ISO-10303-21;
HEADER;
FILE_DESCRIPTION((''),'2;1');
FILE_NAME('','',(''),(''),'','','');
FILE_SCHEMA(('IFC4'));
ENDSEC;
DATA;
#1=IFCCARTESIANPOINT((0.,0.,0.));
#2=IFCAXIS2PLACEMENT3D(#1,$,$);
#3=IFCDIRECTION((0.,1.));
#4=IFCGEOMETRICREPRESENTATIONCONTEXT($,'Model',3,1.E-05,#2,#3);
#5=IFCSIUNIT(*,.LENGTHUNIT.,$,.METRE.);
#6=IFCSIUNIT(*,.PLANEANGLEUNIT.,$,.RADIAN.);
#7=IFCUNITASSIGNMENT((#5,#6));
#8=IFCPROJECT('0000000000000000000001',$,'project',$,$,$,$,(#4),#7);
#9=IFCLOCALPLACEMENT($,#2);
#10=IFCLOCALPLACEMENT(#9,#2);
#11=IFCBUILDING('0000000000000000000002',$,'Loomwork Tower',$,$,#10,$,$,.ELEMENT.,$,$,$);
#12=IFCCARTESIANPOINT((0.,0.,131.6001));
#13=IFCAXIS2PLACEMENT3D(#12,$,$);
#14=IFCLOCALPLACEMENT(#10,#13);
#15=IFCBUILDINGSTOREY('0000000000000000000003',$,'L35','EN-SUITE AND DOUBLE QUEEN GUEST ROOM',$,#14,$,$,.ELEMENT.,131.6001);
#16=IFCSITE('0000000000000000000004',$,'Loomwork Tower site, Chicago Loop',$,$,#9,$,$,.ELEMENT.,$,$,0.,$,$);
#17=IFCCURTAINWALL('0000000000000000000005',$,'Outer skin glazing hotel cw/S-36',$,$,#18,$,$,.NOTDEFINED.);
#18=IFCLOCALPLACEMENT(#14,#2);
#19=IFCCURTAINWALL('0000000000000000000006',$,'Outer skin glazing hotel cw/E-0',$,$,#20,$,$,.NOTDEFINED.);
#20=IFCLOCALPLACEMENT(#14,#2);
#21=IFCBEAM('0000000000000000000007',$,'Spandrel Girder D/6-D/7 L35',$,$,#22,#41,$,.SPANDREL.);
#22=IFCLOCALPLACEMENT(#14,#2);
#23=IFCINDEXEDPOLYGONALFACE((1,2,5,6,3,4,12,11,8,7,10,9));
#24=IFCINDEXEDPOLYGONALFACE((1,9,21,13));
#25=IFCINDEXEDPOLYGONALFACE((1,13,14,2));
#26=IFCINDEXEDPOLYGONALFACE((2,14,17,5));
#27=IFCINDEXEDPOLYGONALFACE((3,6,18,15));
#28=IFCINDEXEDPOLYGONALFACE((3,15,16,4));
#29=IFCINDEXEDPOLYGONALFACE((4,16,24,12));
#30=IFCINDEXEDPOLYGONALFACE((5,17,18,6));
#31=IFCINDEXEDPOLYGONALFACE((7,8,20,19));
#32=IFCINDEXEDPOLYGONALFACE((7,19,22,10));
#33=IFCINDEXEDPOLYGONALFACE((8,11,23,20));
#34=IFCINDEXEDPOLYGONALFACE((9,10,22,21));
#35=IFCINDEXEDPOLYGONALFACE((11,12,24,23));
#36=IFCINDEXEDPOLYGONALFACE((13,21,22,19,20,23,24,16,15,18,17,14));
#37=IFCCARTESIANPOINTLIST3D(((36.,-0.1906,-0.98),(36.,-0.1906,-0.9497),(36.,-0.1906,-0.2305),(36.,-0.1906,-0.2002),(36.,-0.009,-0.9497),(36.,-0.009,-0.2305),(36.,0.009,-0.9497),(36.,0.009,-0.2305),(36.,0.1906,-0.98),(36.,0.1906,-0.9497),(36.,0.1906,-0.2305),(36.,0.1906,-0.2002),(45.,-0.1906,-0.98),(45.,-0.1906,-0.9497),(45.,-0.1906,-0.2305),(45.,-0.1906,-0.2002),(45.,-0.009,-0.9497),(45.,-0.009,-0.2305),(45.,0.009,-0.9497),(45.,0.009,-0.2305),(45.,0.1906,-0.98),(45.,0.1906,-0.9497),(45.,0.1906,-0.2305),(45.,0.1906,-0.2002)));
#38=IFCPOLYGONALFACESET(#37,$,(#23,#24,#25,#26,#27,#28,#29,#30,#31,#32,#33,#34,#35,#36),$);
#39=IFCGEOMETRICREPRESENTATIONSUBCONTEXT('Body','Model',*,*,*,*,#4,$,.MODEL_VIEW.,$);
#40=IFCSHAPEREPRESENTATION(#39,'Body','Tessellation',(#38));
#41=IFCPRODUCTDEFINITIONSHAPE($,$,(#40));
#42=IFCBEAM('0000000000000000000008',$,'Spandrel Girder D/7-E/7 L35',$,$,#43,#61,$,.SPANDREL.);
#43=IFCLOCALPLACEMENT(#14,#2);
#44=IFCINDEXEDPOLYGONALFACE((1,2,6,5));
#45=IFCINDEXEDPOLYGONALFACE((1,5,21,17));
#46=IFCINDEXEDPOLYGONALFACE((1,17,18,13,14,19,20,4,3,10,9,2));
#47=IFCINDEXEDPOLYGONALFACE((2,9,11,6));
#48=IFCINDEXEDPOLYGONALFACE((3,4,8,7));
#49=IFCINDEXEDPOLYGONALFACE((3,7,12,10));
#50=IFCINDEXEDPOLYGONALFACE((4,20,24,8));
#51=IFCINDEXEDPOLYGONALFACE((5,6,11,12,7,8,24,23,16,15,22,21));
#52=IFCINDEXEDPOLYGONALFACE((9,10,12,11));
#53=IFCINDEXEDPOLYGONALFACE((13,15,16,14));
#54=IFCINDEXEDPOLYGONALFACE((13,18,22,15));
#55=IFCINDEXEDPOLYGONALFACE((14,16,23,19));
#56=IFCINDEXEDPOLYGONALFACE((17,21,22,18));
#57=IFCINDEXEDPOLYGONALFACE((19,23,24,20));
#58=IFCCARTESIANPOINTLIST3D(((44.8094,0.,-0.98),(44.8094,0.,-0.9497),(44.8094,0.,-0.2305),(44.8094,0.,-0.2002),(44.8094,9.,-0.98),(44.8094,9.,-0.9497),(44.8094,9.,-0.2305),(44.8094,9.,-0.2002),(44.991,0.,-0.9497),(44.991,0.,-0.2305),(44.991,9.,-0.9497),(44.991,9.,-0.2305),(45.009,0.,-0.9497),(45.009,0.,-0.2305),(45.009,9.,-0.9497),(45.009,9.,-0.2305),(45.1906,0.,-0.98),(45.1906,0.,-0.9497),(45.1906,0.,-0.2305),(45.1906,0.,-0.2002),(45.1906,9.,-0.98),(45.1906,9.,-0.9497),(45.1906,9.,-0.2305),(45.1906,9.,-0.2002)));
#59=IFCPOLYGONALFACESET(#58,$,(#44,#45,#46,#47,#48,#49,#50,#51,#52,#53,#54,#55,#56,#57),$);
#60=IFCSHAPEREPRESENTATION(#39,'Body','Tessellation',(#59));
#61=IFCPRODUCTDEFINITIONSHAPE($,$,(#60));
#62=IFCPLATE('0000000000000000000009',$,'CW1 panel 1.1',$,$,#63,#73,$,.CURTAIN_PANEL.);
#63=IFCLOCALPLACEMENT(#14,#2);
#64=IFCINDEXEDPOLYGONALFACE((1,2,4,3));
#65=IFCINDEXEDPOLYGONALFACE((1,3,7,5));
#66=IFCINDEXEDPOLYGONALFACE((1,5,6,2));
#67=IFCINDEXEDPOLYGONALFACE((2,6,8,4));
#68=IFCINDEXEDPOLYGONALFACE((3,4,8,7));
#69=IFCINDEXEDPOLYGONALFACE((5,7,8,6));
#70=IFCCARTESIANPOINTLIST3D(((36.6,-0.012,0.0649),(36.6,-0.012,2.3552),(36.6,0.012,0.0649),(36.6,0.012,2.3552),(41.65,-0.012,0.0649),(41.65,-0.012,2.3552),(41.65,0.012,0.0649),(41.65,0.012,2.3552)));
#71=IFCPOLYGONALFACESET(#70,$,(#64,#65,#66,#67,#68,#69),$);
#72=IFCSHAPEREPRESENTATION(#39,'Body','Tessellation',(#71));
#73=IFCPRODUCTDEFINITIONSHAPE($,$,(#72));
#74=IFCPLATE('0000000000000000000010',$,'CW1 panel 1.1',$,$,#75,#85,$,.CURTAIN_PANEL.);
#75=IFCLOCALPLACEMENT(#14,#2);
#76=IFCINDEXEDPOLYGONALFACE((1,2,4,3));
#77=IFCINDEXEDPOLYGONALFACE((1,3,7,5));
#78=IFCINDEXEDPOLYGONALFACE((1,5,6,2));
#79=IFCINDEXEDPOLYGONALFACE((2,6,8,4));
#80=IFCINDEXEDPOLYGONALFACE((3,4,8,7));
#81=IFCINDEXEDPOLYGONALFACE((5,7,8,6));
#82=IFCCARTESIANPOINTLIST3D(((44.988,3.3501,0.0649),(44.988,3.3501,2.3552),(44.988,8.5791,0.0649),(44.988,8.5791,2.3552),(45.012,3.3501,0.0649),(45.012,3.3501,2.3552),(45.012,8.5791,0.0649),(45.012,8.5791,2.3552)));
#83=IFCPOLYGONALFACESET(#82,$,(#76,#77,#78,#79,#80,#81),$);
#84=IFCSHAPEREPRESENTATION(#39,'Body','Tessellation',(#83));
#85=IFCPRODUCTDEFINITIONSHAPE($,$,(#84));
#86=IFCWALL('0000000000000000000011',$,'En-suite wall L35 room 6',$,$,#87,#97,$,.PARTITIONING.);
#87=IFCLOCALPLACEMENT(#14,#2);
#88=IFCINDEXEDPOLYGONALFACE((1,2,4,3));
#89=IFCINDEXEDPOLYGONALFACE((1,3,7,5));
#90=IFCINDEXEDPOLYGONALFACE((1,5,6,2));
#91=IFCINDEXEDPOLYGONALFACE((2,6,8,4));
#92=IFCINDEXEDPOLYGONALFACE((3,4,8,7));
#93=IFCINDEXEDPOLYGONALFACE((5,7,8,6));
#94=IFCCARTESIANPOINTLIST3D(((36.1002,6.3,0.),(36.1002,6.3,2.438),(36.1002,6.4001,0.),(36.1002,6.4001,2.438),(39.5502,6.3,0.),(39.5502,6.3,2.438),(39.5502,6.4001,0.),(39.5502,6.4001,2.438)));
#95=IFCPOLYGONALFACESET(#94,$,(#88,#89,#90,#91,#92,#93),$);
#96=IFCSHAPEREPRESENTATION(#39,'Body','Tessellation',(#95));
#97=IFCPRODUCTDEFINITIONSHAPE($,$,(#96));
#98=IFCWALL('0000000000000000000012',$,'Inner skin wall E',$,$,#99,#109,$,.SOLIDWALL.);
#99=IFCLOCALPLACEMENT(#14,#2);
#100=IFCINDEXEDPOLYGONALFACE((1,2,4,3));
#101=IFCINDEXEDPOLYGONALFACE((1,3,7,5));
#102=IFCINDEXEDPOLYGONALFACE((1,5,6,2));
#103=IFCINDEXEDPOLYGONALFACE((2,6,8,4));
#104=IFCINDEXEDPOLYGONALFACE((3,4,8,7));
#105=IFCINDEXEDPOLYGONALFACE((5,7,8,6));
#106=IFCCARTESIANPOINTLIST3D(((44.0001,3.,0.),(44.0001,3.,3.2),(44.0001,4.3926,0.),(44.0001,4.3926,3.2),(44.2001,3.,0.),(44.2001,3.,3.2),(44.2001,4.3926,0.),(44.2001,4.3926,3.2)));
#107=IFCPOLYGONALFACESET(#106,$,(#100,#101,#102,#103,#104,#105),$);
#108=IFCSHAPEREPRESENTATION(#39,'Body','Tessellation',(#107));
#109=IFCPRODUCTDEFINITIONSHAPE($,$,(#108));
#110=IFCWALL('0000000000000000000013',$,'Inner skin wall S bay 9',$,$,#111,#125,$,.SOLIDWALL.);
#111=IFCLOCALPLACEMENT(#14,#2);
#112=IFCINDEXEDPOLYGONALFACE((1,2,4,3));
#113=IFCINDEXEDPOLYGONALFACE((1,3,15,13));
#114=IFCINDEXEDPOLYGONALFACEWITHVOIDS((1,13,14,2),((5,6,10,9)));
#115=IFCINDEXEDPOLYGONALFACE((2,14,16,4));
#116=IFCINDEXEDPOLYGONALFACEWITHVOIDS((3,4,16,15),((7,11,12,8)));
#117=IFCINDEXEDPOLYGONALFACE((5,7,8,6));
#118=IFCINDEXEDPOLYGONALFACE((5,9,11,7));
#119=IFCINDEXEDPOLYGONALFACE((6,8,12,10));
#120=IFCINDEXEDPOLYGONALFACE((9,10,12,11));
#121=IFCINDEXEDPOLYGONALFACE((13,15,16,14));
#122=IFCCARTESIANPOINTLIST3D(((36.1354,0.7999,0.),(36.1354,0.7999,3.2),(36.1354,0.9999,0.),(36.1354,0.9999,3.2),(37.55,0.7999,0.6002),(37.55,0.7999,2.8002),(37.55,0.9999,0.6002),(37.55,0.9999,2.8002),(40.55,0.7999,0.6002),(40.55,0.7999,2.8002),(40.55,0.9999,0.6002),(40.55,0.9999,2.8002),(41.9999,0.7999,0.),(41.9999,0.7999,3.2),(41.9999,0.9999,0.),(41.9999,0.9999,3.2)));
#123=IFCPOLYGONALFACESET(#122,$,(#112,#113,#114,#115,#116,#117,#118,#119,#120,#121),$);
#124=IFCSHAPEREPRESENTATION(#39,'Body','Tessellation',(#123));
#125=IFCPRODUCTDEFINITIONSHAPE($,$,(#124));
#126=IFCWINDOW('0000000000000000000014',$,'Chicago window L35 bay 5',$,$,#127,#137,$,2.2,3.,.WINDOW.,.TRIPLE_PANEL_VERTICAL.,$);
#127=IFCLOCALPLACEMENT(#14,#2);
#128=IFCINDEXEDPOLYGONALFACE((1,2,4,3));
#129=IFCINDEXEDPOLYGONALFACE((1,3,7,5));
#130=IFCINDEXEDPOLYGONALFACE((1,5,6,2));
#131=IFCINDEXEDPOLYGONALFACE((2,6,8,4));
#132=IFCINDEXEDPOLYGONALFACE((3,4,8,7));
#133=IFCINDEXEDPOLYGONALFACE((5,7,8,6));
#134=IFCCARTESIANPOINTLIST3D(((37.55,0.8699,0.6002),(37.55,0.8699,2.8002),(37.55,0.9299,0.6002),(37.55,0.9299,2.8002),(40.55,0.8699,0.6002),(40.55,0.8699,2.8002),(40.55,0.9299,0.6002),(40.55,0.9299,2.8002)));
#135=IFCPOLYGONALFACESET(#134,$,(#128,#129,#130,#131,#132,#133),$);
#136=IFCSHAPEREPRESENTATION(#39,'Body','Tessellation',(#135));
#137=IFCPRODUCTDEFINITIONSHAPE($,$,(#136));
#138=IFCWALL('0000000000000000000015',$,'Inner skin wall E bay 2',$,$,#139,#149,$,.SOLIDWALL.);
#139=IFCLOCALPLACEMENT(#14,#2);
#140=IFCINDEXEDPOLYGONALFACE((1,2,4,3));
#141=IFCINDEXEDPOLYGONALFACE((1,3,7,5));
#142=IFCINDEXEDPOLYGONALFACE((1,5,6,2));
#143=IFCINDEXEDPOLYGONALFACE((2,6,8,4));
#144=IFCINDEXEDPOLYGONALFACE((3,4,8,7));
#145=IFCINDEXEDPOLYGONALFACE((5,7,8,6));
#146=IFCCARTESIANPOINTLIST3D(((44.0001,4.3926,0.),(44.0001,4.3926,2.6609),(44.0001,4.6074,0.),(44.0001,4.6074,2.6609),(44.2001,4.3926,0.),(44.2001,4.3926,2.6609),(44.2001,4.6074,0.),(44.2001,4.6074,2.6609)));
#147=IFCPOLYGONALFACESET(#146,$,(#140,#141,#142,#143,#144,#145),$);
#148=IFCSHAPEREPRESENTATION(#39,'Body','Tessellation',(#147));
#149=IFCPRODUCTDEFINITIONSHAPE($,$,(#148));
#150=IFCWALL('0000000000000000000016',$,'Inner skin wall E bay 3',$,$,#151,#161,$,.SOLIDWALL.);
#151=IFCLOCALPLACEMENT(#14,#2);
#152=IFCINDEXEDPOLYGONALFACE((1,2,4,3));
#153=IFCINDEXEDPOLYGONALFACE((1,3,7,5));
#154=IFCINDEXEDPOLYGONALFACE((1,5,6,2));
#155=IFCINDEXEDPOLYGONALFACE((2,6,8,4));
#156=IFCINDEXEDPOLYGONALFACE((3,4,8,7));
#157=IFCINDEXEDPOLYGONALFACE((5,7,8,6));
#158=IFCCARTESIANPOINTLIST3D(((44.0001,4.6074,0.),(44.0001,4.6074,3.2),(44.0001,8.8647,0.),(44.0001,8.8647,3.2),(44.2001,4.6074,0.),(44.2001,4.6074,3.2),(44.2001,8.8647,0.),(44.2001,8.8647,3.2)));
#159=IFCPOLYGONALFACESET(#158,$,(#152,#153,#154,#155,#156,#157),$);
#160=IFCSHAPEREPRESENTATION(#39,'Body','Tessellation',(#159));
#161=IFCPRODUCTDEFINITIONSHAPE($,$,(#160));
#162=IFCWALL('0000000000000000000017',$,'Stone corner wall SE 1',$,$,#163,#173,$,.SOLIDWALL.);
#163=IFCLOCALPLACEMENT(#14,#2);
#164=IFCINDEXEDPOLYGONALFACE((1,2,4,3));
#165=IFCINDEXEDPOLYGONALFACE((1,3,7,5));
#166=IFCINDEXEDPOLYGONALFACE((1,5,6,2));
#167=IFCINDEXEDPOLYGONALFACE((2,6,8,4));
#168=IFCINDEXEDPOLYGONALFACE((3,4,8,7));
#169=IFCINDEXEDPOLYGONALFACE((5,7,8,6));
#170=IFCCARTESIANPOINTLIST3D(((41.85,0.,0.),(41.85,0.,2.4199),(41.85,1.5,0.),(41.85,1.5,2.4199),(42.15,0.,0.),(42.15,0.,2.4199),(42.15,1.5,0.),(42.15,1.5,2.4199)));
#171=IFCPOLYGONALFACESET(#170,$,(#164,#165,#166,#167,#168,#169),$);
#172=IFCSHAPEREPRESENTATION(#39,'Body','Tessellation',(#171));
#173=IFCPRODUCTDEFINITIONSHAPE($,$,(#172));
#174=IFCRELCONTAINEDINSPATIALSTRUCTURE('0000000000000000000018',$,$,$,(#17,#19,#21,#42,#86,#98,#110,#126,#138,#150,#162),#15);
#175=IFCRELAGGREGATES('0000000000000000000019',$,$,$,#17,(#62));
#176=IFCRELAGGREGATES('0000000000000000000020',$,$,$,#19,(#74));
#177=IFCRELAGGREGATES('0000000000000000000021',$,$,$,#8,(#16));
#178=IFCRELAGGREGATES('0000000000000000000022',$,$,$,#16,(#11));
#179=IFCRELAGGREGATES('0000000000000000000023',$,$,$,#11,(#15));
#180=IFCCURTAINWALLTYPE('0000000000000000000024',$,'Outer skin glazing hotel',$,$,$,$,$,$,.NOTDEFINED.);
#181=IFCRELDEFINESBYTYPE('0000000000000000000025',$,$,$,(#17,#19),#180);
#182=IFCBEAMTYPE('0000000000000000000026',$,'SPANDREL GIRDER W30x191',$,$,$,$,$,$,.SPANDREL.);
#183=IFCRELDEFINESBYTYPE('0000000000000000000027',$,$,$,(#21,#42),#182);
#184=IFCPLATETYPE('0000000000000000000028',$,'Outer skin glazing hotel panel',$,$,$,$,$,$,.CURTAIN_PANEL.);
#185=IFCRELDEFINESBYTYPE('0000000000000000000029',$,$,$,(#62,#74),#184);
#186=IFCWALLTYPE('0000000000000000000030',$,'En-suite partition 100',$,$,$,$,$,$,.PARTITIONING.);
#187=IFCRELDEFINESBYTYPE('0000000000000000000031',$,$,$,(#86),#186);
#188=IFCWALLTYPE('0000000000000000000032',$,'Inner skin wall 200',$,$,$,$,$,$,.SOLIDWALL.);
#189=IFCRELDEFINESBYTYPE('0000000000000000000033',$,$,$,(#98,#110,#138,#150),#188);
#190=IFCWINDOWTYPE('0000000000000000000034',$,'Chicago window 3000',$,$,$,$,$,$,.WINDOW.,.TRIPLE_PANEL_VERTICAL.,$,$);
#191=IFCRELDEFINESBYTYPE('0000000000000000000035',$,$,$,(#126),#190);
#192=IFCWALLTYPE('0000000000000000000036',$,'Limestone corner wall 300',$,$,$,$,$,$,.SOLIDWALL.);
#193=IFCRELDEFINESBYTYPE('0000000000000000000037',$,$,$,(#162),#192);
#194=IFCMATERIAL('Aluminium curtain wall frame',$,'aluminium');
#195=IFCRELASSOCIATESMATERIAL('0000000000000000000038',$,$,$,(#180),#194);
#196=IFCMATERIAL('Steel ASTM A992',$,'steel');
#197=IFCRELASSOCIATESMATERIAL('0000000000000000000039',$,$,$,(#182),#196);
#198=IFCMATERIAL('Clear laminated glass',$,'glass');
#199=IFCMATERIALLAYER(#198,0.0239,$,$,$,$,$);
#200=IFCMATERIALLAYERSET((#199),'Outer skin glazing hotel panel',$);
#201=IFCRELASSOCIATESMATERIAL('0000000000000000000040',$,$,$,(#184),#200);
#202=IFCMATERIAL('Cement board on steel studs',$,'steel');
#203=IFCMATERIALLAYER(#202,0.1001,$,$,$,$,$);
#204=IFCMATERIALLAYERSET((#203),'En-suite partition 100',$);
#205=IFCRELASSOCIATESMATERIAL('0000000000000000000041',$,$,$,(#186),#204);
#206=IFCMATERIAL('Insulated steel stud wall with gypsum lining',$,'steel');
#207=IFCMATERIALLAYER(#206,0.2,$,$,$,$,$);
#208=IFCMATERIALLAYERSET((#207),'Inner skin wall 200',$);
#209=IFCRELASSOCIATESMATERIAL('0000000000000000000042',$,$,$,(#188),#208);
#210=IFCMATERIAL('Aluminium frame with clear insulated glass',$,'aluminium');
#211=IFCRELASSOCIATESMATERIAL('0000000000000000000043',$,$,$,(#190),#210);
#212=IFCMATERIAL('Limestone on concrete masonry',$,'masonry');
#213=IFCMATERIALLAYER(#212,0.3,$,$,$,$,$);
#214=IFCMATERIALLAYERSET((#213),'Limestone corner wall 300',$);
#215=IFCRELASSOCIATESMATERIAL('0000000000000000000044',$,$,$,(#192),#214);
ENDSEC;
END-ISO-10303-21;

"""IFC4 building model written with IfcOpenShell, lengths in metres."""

from ifc_helpers import new_model, si_unit, direction, frame, frame_2d, origin, origin_2d, place, context, subcontext, project, spatial, rectangle, i_section, extrude, material, layer, layer_set, material_profile, profile_set, type_object, element, fill, aggregate, save


model = new_model("IFC4")

# Units and contexts
model_context = context("Model", 3, precision=1e-05, world=origin(), true_north=direction((0.0, 1.0)))
body_context = subcontext(model_context, "Body", "Model", "MODEL_VIEW")
ifc_project = project(units=[si_unit("LENGTHUNIT", "METRE"), si_unit("PLANEANGLEUNIT", "RADIAN")], contexts=[model_context])

# Site, building, storey
site_placement = place(None, origin())
site = spatial("IfcSite", under=ifc_project, at=site_placement, Name="Loomwork Tower site, Chicago Loop", CompositionType="ELEMENT", RefElevation=0.0)
building_placement = place(site_placement, origin())
building = spatial("IfcBuilding", under=site, at=building_placement, Name="Loomwork Tower", CompositionType="ELEMENT")
storey_placement = place(building_placement, frame((0.0, 0.0, 131.6001)))
storey = spatial("IfcBuildingStorey", under=building, at=storey_placement, Name="L35", Description="EN-SUITE AND DOUBLE QUEEN GUEST ROOM", CompositionType="ELEMENT", Elevation=131.6001)

# Curtain wall
ifc_material_1 = material(Name="Aluminium curtain wall frame", Category="aluminium")
curtain_wall_type = type_object("IfcCurtainWallType", Name="Outer skin glazing hotel", PredefinedType="NOTDEFINED", material=ifc_material_1)
curtain_wall_1_placement = place(storey_placement, origin())
curtain_wall_1 = element("IfcCurtainWall", 1, at=curtain_wall_1_placement, inside=storey, type_object=curtain_wall_type, Name="Outer skin glazing hotel cw/S-36", PredefinedType="NOTDEFINED")

# Curtain wall
curtain_wall_2_placement = place(storey_placement, origin())
curtain_wall_2 = element("IfcCurtainWall", 2, at=curtain_wall_2_placement, inside=storey, type_object=curtain_wall_type, Name="Outer skin glazing hotel cw/E-0", PredefinedType="NOTDEFINED")

# Beams
ifc_material_2 = material(Name="Steel ASTM A992", Category="steel")
ifc_material_profile_1 = material_profile(ifc_material_2, i_section(OverallWidth=0.3811, OverallDepth=0.7798, WebThickness=0.0181, FlangeThickness=0.0303, at=origin_2d()), Name="W30x191")
ifc_profile_set_1 = profile_set([ifc_material_profile_1], Name="Steel ASTM A992")
beam_type_1 = type_object("IfcBeamType", Name="SPANDREL GIRDER W30x191", PredefinedType="SPANDREL", material=ifc_profile_set_1)
for number, where, z_axis, x_axis, name in (
    (3, (36.0, 0.0, -0.5901), (1.0, 0.0, 0.0), (0.0, 1.0, 0.0), "Spandrel Girder D/6-D/7 L35"),
    (4, (45.0, 0.0, -0.5901), (0.0, 1.0, 0.0), (-1.0, 0.0, 0.0), "Spandrel Girder D/7-E/7 L35"),
):
    element("IfcBeam", number, at=place(storey_placement, frame(where, z_axis=z_axis, x_axis=x_axis)), inside=storey, type_object=beam_type_1, Name=name, PredefinedType="SPANDREL", context=body_context, shape_type="SweptSolid", body=[
        extrude(i_section(OverallWidth=0.3811, OverallDepth=0.7798, WebThickness=0.0181, FlangeThickness=0.0303, at=origin_2d()), origin(), (0.0, 0.0, 1.0), 9.0),
    ])

# Plates
ifc_material_3 = material(Name="Clear laminated glass", Category="glass")
ifc_layer_1 = layer(ifc_material_3, 0.0239)
ifc_layer_set_1 = layer_set([ifc_layer_1], Name="Outer skin glazing hotel panel")
plate_type = type_object("IfcPlateType", Name="Outer skin glazing hotel panel", PredefinedType="CURTAIN_PANEL", material=ifc_layer_set_1)
plate_1_placement = place(storey_placement, frame((39.125, 0.0, 0.0649), z_axis=(0.0, 0.0, 1.0), x_axis=(1.0, 0.0, 0.0)))
plate_1 = element("IfcPlate", 5, at=plate_1_placement, type_object=plate_type, Name="CW1 panel 1.1", PredefinedType="CURTAIN_PANEL", context=body_context, shape_type="SweptSolid", body=[
    extrude(rectangle(XDim=5.05, YDim=0.0239, at=origin_2d()), origin(), (0.0, 0.0, 1.0), 2.2903),
])
aggregate(curtain_wall_1, [plate_1])
plate_2_placement = place(storey_placement, frame((45.0, 5.9646, 0.0649), z_axis=(0.0, 0.0, 1.0), x_axis=(0.0, 1.0, 0.0)))
plate_2 = element("IfcPlate", 6, at=plate_2_placement, type_object=plate_type, Name="CW1 panel 1.1", PredefinedType="CURTAIN_PANEL", context=body_context, shape_type="SweptSolid", body=[
    extrude(rectangle(XDim=5.229, YDim=0.0239, at=origin_2d()), origin(), (0.0, 0.0, 1.0), 2.2903),
])
aggregate(curtain_wall_2, [plate_2])

# Walls
ifc_material_4 = material(Name="Cement board on steel studs", Category="steel")
ifc_layer_2 = layer(ifc_material_4, 0.1001)
ifc_layer_set_2 = layer_set([ifc_layer_2], Name="En-suite partition 100")
wall_type_1 = type_object("IfcWallType", Name="En-suite partition 100", PredefinedType="PARTITIONING", material=ifc_layer_set_2)
wall_1_placement = place(storey_placement, frame((36.1001, 6.3501, 0.0), z_axis=(0.0, 0.0, 1.0), x_axis=(1.0, 0.0, 0.0)))
element("IfcWall", 7, at=wall_1_placement, inside=storey, type_object=wall_type_1, Name="En-suite wall L35 room 6", PredefinedType="PARTITIONING", context=body_context, shape_type="SweptSolid", body=[
    extrude(rectangle(XDim=3.45, YDim=0.1001, at=frame_2d((1.7251, 0.0))), origin(), (0.0, 0.0, 1.0), 2.438),
])
ifc_material_5 = material(Name="Insulated steel stud wall with gypsum lining", Category="steel")
ifc_layer_3 = layer(ifc_material_5, 0.2)
ifc_layer_set_3 = layer_set([ifc_layer_3], Name="Inner skin wall 200")
wall_type_2 = type_object("IfcWallType", Name="Inner skin wall 200", PredefinedType="SOLIDWALL", material=ifc_layer_set_3)
wall_2_placement = place(storey_placement, frame((44.1001, 3.0, 0.0), z_axis=(0.0, 0.0, 1.0), x_axis=(0.0, 1.0, 0.0)))
element("IfcWall", 8, at=wall_2_placement, inside=storey, type_object=wall_type_2, Name="Inner skin wall E", PredefinedType="SOLIDWALL", context=body_context, shape_type="SweptSolid", body=[
    extrude(rectangle(XDim=1.3926, YDim=0.2, at=frame_2d((0.6963, 0.0))), origin(), (0.0, 0.0, 1.0), 3.2),
])

# Wall, opening, window
wall_3_placement = place(storey_placement, frame((36.1355, 0.8999, 0.0), z_axis=(0.0, 0.0, 1.0), x_axis=(1.0, 0.0, 0.0)))
wall_3 = element("IfcWall", 9, at=wall_3_placement, inside=storey, type_object=wall_type_2, Name="Inner skin wall S bay 9", PredefinedType="SOLIDWALL", context=body_context, shape_type="SweptSolid", body=[
    extrude(rectangle(XDim=5.8645, YDim=0.2, at=frame_2d((2.9321, 0.0))), origin(), (0.0, 0.0, 1.0), 3.2),
])
opening_1_placement = place(wall_3_placement, frame((1.4146, 0.0, 0.6001)))
opening_1 = element("IfcOpeningElement", 10, at=opening_1_placement, cuts=wall_3, PredefinedType="OPENING", context=body_context, shape_type="SweptSolid", body=[
    extrude(rectangle(XDim=3.0, YDim=2.2, at=frame_2d((1.5, 1.1001))), frame((0.0, 0.1099, 0.0), z_axis=(0.0, -1.0, 0.0), x_axis=(1.0, 0.0, 0.0)), (0.0, 0.0, 1.0), 0.22),
])
ifc_material_6 = material(Name="Aluminium frame with clear insulated glass", Category="aluminium")
window_type_1 = type_object("IfcWindowType", Name="Chicago window 3000", PartitioningType="TRIPLE_PANEL_VERTICAL", PredefinedType="WINDOW", material=ifc_material_6)
window_1_placement = place(opening_1_placement, origin())
window_1 = element("IfcWindow", 11, at=window_1_placement, inside=storey, type_object=window_type_1, Name="Chicago window L35 bay 5", OverallHeight=2.2, OverallWidth=3.0, PartitioningType="TRIPLE_PANEL_VERTICAL", PredefinedType="WINDOW", context=body_context, shape_type="SweptSolid", body=[
    extrude(rectangle(XDim=3.0, YDim=2.2, at=frame_2d((1.5, 1.1001))), frame((0.0, 0.03, 0.0), z_axis=(0.0, -1.0, 0.0), x_axis=(1.0, 0.0, 0.0)), (0.0, 0.0, 1.0), 0.0601),
])
fill(opening_1, window_1)

# Walls
wall_4_placement = place(storey_placement, frame((44.1001, 4.3926, 0.0), z_axis=(0.0, 0.0, 1.0), x_axis=(0.0, 1.0, 0.0)))
element("IfcWall", 12, at=wall_4_placement, inside=storey, type_object=wall_type_2, Name="Inner skin wall E bay 2", PredefinedType="SOLIDWALL", context=body_context, shape_type="SweptSolid", body=[
    extrude(rectangle(XDim=0.2148, YDim=0.2, at=frame_2d((0.1074, 0.0))), origin(), (0.0, 0.0, 1.0), 2.6609),
])
wall_5_placement = place(storey_placement, frame((44.1001, 4.6074, 0.0), z_axis=(0.0, 0.0, 1.0), x_axis=(0.0, 1.0, 0.0)))
element("IfcWall", 13, at=wall_5_placement, inside=storey, type_object=wall_type_2, Name="Inner skin wall E bay 3", PredefinedType="SOLIDWALL", context=body_context, shape_type="SweptSolid", body=[
    extrude(rectangle(XDim=4.2573, YDim=0.2, at=frame_2d((2.1287, 0.0))), origin(), (0.0, 0.0, 1.0), 3.2),
])
ifc_material_7 = material(Name="Limestone on concrete masonry", Category="masonry")
ifc_layer_4 = layer(ifc_material_7, 0.3)
ifc_layer_set_4 = layer_set([ifc_layer_4], Name="Limestone corner wall 300")
wall_type_3 = type_object("IfcWallType", Name="Limestone corner wall 300", PredefinedType="SOLIDWALL", material=ifc_layer_set_4)
wall_6_placement = place(storey_placement, frame((42.0, 0.0, 0.0), z_axis=(0.0, 0.0, 1.0), x_axis=(0.0, 1.0, 0.0)))
element("IfcWall", 14, at=wall_6_placement, inside=storey, type_object=wall_type_3, Name="Stone corner wall SE 1", PredefinedType="SOLIDWALL", context=body_context, shape_type="SweptSolid", body=[
    extrude(rectangle(XDim=1.5, YDim=0.3, at=frame_2d((0.75, 0.0))), origin(), (0.0, 0.0, 1.0), 2.4199),
])

save(model, "model.ifc")
